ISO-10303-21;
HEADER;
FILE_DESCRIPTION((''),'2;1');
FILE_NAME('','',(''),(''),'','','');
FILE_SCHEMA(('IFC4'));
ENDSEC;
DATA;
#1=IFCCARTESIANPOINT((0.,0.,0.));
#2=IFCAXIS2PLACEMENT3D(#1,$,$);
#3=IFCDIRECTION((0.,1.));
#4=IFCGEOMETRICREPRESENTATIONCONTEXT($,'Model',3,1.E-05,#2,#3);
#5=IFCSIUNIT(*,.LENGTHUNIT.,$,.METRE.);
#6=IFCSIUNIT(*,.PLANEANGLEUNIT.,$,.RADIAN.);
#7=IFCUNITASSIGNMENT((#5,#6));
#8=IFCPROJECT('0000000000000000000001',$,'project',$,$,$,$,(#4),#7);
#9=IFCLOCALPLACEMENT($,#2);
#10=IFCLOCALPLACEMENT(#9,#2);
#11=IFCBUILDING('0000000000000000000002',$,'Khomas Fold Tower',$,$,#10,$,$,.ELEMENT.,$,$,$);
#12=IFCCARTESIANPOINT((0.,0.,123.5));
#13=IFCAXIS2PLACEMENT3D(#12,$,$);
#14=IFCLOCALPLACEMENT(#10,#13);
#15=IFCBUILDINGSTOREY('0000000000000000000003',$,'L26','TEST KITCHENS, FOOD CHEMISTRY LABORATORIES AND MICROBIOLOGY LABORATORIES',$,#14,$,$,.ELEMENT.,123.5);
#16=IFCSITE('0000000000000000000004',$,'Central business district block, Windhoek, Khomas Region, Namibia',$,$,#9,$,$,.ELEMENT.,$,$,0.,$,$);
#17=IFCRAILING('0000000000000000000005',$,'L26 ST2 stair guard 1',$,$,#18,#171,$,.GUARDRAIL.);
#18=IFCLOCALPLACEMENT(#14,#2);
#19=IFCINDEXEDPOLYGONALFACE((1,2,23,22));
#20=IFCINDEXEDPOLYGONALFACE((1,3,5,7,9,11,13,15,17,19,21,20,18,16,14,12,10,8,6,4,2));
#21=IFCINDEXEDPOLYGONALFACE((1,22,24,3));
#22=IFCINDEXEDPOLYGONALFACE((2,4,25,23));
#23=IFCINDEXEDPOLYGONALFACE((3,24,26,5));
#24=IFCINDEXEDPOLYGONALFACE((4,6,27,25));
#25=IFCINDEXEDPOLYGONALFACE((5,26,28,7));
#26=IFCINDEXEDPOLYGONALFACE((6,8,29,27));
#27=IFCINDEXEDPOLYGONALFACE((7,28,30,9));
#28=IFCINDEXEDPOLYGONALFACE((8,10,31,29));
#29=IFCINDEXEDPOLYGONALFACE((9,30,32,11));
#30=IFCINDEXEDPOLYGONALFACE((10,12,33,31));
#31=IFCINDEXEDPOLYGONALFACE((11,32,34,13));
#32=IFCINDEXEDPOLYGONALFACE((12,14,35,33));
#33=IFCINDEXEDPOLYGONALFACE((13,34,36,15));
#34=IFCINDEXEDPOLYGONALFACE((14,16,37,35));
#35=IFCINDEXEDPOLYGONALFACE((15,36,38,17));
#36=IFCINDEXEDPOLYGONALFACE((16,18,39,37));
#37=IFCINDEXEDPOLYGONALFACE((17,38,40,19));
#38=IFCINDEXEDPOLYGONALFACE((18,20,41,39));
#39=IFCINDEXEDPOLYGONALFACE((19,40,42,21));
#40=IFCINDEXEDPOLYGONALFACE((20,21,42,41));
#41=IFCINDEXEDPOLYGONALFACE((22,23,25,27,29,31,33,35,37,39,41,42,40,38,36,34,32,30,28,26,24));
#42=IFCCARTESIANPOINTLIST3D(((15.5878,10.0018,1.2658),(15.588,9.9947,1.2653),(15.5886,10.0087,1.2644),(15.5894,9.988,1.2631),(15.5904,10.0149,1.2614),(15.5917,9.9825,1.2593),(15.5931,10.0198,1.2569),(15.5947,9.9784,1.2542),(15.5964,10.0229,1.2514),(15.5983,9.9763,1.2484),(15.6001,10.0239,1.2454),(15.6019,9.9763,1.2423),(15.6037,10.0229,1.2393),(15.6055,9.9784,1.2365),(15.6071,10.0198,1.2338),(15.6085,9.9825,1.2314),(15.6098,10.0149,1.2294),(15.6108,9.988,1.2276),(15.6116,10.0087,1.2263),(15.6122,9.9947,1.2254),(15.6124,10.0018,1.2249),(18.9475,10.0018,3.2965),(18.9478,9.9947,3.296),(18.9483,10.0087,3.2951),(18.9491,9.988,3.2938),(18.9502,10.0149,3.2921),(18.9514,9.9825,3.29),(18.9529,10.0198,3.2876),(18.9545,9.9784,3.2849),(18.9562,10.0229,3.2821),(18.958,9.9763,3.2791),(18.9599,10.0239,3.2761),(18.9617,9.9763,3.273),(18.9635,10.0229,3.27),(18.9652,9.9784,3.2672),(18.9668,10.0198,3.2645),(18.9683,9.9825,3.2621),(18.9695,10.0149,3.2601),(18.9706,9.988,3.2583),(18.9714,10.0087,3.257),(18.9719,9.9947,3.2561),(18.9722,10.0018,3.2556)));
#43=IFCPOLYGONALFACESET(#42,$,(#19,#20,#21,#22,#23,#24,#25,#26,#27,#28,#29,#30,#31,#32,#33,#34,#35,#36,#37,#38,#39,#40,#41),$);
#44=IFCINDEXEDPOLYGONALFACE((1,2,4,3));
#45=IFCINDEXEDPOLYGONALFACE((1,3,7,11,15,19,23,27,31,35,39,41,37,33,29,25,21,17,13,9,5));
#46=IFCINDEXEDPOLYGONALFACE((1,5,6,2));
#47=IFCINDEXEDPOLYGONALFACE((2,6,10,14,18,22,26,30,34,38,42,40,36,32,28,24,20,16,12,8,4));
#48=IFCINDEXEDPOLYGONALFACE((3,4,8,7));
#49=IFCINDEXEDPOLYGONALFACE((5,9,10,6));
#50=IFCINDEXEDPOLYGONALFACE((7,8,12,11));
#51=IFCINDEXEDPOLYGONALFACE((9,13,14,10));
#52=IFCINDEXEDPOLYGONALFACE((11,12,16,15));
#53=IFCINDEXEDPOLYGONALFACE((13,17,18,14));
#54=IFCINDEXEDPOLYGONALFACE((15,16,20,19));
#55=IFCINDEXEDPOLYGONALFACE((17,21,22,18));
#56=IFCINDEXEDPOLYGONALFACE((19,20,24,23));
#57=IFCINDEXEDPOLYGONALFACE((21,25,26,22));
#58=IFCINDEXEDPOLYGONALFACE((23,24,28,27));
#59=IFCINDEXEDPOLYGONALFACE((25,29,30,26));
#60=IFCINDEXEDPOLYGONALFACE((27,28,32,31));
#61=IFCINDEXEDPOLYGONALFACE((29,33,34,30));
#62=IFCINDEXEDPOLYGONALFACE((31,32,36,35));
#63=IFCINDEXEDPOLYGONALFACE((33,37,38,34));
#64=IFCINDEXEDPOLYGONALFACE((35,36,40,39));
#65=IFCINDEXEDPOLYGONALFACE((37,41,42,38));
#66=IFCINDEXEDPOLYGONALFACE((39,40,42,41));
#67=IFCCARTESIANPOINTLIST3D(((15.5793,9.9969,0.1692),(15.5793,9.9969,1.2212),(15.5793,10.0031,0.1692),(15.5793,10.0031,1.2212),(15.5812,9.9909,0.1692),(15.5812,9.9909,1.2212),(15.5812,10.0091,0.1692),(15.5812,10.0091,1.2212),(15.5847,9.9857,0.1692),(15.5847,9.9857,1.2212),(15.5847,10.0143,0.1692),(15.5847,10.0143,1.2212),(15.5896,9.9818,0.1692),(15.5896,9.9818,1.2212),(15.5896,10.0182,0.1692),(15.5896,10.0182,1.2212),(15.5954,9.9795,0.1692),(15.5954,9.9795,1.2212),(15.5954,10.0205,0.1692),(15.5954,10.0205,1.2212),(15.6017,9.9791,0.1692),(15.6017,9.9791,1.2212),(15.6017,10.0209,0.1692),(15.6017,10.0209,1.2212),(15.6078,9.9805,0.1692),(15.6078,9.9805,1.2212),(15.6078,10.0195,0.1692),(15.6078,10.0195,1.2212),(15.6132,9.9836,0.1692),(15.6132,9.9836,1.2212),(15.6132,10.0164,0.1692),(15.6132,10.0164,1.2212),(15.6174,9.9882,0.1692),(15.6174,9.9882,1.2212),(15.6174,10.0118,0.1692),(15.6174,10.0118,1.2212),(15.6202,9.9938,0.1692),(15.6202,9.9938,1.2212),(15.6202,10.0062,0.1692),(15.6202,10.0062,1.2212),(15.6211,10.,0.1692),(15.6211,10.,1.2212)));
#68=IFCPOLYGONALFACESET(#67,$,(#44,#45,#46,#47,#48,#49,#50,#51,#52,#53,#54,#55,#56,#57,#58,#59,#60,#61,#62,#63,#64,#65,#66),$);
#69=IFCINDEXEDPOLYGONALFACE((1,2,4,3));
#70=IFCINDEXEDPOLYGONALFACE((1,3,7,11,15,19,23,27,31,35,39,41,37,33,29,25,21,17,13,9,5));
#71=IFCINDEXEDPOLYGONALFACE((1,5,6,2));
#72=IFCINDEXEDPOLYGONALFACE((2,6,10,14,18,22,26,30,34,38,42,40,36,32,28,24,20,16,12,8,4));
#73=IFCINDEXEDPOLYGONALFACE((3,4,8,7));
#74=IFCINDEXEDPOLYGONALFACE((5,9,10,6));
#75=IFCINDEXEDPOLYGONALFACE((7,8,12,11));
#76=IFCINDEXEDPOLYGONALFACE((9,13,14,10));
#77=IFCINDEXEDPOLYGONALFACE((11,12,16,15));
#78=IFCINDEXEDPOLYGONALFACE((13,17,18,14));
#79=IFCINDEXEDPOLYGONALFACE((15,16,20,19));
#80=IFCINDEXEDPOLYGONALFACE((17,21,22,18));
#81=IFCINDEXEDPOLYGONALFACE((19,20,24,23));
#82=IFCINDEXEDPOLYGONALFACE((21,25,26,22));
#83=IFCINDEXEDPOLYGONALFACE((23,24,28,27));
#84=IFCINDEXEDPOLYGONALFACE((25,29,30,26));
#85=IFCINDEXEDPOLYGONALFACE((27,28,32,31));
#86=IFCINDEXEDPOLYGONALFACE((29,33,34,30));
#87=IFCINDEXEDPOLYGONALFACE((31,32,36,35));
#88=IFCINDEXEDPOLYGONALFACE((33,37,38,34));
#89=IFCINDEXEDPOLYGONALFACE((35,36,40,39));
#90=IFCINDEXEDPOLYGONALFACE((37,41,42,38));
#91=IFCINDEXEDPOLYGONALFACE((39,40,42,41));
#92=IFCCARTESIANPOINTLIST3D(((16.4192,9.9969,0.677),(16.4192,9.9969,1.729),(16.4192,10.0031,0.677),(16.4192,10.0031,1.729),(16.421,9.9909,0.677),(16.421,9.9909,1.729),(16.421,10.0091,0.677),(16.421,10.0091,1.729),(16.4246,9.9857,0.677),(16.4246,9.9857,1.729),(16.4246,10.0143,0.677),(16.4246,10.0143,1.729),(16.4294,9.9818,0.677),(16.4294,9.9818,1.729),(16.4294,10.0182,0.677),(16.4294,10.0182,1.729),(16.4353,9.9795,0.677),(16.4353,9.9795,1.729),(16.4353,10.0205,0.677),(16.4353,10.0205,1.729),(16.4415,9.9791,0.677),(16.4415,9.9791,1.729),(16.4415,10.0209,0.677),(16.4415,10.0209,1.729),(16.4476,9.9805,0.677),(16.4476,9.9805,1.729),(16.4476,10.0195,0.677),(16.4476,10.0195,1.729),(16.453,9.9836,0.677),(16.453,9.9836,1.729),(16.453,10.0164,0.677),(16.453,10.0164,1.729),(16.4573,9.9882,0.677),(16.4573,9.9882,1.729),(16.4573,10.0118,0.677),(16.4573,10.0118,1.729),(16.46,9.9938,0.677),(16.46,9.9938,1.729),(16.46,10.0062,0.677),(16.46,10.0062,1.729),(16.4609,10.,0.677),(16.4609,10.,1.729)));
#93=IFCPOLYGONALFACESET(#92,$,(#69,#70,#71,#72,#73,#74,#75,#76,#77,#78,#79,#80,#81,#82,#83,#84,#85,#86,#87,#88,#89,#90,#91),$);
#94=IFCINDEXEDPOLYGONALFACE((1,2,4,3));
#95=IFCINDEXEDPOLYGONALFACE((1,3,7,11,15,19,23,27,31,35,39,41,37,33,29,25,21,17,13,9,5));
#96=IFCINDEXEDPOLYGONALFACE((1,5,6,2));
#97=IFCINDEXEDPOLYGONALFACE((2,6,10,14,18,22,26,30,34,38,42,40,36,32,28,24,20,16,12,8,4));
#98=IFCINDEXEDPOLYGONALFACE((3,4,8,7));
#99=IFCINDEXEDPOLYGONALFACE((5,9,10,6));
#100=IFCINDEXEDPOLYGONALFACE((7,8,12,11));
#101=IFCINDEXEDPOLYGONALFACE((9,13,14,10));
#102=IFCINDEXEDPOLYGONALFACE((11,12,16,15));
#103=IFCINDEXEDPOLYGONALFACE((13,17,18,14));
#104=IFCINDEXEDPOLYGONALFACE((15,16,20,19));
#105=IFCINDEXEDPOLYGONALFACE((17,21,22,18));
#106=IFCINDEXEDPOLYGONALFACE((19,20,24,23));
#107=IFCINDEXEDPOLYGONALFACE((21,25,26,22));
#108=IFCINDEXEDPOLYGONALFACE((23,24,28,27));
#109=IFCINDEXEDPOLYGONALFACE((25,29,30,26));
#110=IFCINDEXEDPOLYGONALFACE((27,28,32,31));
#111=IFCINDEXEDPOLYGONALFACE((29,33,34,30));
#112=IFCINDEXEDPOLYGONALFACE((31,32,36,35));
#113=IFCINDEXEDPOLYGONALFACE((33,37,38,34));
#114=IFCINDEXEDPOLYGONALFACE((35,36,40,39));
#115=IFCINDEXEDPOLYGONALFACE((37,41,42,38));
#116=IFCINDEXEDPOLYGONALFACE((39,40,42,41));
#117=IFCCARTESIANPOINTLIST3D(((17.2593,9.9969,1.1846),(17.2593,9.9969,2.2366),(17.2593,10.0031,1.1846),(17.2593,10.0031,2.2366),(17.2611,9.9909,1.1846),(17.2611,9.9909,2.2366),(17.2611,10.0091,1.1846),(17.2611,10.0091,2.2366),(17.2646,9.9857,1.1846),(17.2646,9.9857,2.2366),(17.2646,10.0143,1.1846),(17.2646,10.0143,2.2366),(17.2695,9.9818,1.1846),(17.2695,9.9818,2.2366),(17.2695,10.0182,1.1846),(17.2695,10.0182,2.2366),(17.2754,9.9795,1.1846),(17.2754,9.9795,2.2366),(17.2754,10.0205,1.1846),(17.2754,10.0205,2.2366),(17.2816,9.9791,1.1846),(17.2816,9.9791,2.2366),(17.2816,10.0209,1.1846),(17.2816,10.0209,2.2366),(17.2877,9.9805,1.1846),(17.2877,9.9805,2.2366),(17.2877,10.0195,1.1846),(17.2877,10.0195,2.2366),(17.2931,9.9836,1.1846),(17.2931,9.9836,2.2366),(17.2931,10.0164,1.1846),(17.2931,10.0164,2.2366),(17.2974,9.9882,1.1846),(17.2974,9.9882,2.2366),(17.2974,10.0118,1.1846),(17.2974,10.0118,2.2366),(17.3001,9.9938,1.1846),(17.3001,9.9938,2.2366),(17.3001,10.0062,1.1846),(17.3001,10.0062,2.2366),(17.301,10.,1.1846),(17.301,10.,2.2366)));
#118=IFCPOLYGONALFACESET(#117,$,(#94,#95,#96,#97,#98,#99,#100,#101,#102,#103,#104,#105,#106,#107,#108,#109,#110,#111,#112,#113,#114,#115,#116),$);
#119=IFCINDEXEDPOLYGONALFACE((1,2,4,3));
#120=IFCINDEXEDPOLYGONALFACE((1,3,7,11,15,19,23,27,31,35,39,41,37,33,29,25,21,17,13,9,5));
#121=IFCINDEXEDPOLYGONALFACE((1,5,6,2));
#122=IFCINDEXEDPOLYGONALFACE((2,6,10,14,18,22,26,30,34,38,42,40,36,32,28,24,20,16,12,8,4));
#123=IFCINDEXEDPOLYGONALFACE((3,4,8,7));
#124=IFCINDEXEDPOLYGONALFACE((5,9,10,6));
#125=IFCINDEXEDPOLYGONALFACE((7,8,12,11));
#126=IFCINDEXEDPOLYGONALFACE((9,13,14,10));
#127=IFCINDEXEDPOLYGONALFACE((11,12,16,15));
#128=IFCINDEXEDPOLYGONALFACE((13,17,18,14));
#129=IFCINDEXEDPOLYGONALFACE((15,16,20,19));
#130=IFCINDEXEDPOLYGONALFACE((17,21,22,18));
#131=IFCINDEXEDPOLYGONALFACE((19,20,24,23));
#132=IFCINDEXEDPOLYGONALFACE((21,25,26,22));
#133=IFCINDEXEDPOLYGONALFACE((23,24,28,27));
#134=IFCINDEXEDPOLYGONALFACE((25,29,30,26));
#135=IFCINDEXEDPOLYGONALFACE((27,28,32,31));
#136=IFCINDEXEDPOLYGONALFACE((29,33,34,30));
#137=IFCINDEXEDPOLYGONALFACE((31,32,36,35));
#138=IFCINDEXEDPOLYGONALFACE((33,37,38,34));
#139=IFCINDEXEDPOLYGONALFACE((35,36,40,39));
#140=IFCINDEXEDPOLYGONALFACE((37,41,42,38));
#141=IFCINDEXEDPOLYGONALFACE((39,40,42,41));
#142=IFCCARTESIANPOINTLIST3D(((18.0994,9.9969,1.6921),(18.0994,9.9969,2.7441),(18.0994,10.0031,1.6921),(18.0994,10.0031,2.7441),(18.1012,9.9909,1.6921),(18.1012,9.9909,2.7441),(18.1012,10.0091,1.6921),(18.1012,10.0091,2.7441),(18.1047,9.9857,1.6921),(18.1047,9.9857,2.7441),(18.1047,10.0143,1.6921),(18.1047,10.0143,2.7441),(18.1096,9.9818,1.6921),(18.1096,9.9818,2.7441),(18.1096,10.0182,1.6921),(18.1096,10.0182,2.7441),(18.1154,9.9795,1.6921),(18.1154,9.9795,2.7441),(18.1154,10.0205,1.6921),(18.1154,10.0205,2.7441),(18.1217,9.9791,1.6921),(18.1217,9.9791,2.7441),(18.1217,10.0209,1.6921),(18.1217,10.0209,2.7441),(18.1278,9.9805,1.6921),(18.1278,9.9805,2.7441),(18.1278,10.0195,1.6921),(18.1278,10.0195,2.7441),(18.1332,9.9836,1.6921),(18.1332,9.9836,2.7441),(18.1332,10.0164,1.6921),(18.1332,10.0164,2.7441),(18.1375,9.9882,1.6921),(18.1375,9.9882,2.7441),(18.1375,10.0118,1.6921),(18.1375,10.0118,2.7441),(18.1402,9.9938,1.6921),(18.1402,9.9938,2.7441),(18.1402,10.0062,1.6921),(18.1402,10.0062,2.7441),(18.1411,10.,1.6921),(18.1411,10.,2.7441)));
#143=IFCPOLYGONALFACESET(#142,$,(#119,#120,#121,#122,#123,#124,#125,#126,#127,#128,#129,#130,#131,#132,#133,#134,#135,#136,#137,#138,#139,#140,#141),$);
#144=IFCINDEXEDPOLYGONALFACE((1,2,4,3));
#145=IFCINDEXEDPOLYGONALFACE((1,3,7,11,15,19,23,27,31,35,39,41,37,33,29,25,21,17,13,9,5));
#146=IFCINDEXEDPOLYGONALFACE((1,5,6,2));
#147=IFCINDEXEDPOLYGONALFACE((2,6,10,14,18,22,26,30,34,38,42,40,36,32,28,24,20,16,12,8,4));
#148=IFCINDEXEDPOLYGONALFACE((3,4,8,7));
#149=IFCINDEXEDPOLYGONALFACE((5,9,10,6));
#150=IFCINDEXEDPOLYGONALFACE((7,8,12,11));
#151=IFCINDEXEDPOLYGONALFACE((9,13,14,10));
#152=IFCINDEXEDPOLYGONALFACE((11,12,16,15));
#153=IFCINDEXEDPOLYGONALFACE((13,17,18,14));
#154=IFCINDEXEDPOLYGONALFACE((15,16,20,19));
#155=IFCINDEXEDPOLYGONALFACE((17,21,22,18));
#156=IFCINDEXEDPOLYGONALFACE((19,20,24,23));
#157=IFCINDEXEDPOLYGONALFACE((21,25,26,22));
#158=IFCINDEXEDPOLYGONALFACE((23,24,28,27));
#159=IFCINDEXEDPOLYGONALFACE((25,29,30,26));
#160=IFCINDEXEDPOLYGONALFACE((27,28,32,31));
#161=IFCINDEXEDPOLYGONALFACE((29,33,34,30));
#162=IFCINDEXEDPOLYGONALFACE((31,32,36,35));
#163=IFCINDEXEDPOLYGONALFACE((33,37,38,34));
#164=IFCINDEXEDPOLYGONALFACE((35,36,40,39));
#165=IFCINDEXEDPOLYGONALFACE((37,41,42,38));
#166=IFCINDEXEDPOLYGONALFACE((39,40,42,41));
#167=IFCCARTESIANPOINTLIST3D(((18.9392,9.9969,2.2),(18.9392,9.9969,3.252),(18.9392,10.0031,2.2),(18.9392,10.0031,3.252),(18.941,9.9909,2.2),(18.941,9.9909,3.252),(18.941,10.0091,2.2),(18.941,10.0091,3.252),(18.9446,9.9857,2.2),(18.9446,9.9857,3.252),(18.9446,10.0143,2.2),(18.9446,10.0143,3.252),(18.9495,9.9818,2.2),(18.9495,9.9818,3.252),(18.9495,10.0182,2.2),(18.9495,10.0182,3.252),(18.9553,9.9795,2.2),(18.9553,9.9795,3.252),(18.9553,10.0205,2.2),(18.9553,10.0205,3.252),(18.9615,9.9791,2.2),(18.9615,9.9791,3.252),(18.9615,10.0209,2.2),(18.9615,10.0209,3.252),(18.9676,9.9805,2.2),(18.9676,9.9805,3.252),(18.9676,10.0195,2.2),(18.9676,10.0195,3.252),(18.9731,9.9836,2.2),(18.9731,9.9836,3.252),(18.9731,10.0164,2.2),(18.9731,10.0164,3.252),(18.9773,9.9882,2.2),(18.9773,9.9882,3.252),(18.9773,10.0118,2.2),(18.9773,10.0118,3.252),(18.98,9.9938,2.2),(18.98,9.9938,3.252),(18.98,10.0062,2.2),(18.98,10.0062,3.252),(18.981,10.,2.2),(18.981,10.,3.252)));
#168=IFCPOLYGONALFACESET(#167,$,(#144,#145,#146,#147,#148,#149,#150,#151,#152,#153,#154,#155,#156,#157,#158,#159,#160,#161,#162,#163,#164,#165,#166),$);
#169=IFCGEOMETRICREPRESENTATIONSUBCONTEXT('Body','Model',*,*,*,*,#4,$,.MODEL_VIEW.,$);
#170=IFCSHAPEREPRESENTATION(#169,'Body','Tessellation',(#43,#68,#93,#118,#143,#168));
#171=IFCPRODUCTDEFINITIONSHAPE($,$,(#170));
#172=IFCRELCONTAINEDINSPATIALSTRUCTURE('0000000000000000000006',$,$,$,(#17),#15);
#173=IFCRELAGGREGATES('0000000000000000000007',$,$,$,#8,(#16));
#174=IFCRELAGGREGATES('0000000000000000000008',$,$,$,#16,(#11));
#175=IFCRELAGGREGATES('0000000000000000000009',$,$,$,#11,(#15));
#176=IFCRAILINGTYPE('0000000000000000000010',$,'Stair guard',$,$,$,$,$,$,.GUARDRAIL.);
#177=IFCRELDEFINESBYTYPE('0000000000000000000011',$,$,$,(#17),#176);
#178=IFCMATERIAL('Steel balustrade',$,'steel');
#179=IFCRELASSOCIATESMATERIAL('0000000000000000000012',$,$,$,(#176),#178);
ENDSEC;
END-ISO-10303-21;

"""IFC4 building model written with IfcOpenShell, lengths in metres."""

from ifc_helpers import new_model, si_unit, direction, frame, origin, origin_2d, place, context, subcontext, project, spatial, circle, extrude, source, transform, mapped, material, type_object, element, save


model = new_model("IFC4")

# Units and contexts
model_context = context("Model", 3, precision=1e-05, world=origin(), true_north=direction((0.0, 1.0)))
body_context = subcontext(model_context, "Body", "Model", "MODEL_VIEW")
ifc_project = project(units=[si_unit("LENGTHUNIT", "METRE"), si_unit("PLANEANGLEUNIT", "RADIAN")], contexts=[model_context])

# Site, building, storey
site_placement = place(None, origin())
site = spatial("IfcSite", under=ifc_project, at=site_placement, Name="Central business district block, Windhoek, Khomas Region, Namibia", CompositionType="ELEMENT", RefElevation=0.0)
building_placement = place(site_placement, origin())
building = spatial("IfcBuilding", under=site, at=building_placement, Name="Khomas Fold Tower", CompositionType="ELEMENT")
storey_placement = place(building_placement, frame((0.0, 0.0, 123.5)))
storey = spatial("IfcBuildingStorey", under=building, at=storey_placement, Name="L26", Description="TEST KITCHENS, FOOD CHEMISTRY LABORATORIES AND MICROBIOLOGY LABORATORIES", CompositionType="ELEMENT", Elevation=123.5)

# Railing
ifc_material_1 = material(Name="Steel balustrade", Category="steel")
railing_type_1 = type_object("IfcRailingType", Name="Stair guard", PredefinedType="GUARDRAIL", material=ifc_material_1)
shared_shape_1 = source(origin(), body_context, "Body", "SweptSolid", [
    extrude(circle(Radius=0.0239, at=origin_2d()), frame((0.0, 0.0, 1.0762), z_axis=(0.85582, 0.0, 0.517273), x_axis=(0.0, 1.0, 0.0)), (0.0, 0.0, 1.0), 3.9258),
    extrude(circle(Radius=0.021, at=origin_2d()), origin(), (0.0, 0.0, 1.0), 1.052),
    extrude(circle(Radius=0.021, at=origin_2d()), frame((0.8398, 0.0, 0.5078)), (0.0, 0.0, 1.0), 1.052),
    extrude(circle(Radius=0.021, at=origin_2d()), frame((1.6799, 0.0, 1.0154)), (0.0, 0.0, 1.0), 1.052),
    extrude(circle(Radius=0.021, at=origin_2d()), frame((2.52, 0.0, 1.5229)), (0.0, 0.0, 1.0), 1.052),
    extrude(circle(Radius=0.021, at=origin_2d()), frame((3.3599, 0.0, 2.0308)), (0.0, 0.0, 1.0), 1.052),
])
railing_1_placement = place(storey_placement, frame((15.6001, 10.0, 0.1692)))
element("IfcRailing", 1, at=railing_1_placement, inside=storey, type_object=railing_type_1, Name="L26 ST2 stair guard 1", PredefinedType="GUARDRAIL", context=body_context, shape_type="MappedRepresentation", body=[
    mapped(shared_shape_1, transform((0.0, 0.0, 0.0))),
])

save(model, "model.ifc")
